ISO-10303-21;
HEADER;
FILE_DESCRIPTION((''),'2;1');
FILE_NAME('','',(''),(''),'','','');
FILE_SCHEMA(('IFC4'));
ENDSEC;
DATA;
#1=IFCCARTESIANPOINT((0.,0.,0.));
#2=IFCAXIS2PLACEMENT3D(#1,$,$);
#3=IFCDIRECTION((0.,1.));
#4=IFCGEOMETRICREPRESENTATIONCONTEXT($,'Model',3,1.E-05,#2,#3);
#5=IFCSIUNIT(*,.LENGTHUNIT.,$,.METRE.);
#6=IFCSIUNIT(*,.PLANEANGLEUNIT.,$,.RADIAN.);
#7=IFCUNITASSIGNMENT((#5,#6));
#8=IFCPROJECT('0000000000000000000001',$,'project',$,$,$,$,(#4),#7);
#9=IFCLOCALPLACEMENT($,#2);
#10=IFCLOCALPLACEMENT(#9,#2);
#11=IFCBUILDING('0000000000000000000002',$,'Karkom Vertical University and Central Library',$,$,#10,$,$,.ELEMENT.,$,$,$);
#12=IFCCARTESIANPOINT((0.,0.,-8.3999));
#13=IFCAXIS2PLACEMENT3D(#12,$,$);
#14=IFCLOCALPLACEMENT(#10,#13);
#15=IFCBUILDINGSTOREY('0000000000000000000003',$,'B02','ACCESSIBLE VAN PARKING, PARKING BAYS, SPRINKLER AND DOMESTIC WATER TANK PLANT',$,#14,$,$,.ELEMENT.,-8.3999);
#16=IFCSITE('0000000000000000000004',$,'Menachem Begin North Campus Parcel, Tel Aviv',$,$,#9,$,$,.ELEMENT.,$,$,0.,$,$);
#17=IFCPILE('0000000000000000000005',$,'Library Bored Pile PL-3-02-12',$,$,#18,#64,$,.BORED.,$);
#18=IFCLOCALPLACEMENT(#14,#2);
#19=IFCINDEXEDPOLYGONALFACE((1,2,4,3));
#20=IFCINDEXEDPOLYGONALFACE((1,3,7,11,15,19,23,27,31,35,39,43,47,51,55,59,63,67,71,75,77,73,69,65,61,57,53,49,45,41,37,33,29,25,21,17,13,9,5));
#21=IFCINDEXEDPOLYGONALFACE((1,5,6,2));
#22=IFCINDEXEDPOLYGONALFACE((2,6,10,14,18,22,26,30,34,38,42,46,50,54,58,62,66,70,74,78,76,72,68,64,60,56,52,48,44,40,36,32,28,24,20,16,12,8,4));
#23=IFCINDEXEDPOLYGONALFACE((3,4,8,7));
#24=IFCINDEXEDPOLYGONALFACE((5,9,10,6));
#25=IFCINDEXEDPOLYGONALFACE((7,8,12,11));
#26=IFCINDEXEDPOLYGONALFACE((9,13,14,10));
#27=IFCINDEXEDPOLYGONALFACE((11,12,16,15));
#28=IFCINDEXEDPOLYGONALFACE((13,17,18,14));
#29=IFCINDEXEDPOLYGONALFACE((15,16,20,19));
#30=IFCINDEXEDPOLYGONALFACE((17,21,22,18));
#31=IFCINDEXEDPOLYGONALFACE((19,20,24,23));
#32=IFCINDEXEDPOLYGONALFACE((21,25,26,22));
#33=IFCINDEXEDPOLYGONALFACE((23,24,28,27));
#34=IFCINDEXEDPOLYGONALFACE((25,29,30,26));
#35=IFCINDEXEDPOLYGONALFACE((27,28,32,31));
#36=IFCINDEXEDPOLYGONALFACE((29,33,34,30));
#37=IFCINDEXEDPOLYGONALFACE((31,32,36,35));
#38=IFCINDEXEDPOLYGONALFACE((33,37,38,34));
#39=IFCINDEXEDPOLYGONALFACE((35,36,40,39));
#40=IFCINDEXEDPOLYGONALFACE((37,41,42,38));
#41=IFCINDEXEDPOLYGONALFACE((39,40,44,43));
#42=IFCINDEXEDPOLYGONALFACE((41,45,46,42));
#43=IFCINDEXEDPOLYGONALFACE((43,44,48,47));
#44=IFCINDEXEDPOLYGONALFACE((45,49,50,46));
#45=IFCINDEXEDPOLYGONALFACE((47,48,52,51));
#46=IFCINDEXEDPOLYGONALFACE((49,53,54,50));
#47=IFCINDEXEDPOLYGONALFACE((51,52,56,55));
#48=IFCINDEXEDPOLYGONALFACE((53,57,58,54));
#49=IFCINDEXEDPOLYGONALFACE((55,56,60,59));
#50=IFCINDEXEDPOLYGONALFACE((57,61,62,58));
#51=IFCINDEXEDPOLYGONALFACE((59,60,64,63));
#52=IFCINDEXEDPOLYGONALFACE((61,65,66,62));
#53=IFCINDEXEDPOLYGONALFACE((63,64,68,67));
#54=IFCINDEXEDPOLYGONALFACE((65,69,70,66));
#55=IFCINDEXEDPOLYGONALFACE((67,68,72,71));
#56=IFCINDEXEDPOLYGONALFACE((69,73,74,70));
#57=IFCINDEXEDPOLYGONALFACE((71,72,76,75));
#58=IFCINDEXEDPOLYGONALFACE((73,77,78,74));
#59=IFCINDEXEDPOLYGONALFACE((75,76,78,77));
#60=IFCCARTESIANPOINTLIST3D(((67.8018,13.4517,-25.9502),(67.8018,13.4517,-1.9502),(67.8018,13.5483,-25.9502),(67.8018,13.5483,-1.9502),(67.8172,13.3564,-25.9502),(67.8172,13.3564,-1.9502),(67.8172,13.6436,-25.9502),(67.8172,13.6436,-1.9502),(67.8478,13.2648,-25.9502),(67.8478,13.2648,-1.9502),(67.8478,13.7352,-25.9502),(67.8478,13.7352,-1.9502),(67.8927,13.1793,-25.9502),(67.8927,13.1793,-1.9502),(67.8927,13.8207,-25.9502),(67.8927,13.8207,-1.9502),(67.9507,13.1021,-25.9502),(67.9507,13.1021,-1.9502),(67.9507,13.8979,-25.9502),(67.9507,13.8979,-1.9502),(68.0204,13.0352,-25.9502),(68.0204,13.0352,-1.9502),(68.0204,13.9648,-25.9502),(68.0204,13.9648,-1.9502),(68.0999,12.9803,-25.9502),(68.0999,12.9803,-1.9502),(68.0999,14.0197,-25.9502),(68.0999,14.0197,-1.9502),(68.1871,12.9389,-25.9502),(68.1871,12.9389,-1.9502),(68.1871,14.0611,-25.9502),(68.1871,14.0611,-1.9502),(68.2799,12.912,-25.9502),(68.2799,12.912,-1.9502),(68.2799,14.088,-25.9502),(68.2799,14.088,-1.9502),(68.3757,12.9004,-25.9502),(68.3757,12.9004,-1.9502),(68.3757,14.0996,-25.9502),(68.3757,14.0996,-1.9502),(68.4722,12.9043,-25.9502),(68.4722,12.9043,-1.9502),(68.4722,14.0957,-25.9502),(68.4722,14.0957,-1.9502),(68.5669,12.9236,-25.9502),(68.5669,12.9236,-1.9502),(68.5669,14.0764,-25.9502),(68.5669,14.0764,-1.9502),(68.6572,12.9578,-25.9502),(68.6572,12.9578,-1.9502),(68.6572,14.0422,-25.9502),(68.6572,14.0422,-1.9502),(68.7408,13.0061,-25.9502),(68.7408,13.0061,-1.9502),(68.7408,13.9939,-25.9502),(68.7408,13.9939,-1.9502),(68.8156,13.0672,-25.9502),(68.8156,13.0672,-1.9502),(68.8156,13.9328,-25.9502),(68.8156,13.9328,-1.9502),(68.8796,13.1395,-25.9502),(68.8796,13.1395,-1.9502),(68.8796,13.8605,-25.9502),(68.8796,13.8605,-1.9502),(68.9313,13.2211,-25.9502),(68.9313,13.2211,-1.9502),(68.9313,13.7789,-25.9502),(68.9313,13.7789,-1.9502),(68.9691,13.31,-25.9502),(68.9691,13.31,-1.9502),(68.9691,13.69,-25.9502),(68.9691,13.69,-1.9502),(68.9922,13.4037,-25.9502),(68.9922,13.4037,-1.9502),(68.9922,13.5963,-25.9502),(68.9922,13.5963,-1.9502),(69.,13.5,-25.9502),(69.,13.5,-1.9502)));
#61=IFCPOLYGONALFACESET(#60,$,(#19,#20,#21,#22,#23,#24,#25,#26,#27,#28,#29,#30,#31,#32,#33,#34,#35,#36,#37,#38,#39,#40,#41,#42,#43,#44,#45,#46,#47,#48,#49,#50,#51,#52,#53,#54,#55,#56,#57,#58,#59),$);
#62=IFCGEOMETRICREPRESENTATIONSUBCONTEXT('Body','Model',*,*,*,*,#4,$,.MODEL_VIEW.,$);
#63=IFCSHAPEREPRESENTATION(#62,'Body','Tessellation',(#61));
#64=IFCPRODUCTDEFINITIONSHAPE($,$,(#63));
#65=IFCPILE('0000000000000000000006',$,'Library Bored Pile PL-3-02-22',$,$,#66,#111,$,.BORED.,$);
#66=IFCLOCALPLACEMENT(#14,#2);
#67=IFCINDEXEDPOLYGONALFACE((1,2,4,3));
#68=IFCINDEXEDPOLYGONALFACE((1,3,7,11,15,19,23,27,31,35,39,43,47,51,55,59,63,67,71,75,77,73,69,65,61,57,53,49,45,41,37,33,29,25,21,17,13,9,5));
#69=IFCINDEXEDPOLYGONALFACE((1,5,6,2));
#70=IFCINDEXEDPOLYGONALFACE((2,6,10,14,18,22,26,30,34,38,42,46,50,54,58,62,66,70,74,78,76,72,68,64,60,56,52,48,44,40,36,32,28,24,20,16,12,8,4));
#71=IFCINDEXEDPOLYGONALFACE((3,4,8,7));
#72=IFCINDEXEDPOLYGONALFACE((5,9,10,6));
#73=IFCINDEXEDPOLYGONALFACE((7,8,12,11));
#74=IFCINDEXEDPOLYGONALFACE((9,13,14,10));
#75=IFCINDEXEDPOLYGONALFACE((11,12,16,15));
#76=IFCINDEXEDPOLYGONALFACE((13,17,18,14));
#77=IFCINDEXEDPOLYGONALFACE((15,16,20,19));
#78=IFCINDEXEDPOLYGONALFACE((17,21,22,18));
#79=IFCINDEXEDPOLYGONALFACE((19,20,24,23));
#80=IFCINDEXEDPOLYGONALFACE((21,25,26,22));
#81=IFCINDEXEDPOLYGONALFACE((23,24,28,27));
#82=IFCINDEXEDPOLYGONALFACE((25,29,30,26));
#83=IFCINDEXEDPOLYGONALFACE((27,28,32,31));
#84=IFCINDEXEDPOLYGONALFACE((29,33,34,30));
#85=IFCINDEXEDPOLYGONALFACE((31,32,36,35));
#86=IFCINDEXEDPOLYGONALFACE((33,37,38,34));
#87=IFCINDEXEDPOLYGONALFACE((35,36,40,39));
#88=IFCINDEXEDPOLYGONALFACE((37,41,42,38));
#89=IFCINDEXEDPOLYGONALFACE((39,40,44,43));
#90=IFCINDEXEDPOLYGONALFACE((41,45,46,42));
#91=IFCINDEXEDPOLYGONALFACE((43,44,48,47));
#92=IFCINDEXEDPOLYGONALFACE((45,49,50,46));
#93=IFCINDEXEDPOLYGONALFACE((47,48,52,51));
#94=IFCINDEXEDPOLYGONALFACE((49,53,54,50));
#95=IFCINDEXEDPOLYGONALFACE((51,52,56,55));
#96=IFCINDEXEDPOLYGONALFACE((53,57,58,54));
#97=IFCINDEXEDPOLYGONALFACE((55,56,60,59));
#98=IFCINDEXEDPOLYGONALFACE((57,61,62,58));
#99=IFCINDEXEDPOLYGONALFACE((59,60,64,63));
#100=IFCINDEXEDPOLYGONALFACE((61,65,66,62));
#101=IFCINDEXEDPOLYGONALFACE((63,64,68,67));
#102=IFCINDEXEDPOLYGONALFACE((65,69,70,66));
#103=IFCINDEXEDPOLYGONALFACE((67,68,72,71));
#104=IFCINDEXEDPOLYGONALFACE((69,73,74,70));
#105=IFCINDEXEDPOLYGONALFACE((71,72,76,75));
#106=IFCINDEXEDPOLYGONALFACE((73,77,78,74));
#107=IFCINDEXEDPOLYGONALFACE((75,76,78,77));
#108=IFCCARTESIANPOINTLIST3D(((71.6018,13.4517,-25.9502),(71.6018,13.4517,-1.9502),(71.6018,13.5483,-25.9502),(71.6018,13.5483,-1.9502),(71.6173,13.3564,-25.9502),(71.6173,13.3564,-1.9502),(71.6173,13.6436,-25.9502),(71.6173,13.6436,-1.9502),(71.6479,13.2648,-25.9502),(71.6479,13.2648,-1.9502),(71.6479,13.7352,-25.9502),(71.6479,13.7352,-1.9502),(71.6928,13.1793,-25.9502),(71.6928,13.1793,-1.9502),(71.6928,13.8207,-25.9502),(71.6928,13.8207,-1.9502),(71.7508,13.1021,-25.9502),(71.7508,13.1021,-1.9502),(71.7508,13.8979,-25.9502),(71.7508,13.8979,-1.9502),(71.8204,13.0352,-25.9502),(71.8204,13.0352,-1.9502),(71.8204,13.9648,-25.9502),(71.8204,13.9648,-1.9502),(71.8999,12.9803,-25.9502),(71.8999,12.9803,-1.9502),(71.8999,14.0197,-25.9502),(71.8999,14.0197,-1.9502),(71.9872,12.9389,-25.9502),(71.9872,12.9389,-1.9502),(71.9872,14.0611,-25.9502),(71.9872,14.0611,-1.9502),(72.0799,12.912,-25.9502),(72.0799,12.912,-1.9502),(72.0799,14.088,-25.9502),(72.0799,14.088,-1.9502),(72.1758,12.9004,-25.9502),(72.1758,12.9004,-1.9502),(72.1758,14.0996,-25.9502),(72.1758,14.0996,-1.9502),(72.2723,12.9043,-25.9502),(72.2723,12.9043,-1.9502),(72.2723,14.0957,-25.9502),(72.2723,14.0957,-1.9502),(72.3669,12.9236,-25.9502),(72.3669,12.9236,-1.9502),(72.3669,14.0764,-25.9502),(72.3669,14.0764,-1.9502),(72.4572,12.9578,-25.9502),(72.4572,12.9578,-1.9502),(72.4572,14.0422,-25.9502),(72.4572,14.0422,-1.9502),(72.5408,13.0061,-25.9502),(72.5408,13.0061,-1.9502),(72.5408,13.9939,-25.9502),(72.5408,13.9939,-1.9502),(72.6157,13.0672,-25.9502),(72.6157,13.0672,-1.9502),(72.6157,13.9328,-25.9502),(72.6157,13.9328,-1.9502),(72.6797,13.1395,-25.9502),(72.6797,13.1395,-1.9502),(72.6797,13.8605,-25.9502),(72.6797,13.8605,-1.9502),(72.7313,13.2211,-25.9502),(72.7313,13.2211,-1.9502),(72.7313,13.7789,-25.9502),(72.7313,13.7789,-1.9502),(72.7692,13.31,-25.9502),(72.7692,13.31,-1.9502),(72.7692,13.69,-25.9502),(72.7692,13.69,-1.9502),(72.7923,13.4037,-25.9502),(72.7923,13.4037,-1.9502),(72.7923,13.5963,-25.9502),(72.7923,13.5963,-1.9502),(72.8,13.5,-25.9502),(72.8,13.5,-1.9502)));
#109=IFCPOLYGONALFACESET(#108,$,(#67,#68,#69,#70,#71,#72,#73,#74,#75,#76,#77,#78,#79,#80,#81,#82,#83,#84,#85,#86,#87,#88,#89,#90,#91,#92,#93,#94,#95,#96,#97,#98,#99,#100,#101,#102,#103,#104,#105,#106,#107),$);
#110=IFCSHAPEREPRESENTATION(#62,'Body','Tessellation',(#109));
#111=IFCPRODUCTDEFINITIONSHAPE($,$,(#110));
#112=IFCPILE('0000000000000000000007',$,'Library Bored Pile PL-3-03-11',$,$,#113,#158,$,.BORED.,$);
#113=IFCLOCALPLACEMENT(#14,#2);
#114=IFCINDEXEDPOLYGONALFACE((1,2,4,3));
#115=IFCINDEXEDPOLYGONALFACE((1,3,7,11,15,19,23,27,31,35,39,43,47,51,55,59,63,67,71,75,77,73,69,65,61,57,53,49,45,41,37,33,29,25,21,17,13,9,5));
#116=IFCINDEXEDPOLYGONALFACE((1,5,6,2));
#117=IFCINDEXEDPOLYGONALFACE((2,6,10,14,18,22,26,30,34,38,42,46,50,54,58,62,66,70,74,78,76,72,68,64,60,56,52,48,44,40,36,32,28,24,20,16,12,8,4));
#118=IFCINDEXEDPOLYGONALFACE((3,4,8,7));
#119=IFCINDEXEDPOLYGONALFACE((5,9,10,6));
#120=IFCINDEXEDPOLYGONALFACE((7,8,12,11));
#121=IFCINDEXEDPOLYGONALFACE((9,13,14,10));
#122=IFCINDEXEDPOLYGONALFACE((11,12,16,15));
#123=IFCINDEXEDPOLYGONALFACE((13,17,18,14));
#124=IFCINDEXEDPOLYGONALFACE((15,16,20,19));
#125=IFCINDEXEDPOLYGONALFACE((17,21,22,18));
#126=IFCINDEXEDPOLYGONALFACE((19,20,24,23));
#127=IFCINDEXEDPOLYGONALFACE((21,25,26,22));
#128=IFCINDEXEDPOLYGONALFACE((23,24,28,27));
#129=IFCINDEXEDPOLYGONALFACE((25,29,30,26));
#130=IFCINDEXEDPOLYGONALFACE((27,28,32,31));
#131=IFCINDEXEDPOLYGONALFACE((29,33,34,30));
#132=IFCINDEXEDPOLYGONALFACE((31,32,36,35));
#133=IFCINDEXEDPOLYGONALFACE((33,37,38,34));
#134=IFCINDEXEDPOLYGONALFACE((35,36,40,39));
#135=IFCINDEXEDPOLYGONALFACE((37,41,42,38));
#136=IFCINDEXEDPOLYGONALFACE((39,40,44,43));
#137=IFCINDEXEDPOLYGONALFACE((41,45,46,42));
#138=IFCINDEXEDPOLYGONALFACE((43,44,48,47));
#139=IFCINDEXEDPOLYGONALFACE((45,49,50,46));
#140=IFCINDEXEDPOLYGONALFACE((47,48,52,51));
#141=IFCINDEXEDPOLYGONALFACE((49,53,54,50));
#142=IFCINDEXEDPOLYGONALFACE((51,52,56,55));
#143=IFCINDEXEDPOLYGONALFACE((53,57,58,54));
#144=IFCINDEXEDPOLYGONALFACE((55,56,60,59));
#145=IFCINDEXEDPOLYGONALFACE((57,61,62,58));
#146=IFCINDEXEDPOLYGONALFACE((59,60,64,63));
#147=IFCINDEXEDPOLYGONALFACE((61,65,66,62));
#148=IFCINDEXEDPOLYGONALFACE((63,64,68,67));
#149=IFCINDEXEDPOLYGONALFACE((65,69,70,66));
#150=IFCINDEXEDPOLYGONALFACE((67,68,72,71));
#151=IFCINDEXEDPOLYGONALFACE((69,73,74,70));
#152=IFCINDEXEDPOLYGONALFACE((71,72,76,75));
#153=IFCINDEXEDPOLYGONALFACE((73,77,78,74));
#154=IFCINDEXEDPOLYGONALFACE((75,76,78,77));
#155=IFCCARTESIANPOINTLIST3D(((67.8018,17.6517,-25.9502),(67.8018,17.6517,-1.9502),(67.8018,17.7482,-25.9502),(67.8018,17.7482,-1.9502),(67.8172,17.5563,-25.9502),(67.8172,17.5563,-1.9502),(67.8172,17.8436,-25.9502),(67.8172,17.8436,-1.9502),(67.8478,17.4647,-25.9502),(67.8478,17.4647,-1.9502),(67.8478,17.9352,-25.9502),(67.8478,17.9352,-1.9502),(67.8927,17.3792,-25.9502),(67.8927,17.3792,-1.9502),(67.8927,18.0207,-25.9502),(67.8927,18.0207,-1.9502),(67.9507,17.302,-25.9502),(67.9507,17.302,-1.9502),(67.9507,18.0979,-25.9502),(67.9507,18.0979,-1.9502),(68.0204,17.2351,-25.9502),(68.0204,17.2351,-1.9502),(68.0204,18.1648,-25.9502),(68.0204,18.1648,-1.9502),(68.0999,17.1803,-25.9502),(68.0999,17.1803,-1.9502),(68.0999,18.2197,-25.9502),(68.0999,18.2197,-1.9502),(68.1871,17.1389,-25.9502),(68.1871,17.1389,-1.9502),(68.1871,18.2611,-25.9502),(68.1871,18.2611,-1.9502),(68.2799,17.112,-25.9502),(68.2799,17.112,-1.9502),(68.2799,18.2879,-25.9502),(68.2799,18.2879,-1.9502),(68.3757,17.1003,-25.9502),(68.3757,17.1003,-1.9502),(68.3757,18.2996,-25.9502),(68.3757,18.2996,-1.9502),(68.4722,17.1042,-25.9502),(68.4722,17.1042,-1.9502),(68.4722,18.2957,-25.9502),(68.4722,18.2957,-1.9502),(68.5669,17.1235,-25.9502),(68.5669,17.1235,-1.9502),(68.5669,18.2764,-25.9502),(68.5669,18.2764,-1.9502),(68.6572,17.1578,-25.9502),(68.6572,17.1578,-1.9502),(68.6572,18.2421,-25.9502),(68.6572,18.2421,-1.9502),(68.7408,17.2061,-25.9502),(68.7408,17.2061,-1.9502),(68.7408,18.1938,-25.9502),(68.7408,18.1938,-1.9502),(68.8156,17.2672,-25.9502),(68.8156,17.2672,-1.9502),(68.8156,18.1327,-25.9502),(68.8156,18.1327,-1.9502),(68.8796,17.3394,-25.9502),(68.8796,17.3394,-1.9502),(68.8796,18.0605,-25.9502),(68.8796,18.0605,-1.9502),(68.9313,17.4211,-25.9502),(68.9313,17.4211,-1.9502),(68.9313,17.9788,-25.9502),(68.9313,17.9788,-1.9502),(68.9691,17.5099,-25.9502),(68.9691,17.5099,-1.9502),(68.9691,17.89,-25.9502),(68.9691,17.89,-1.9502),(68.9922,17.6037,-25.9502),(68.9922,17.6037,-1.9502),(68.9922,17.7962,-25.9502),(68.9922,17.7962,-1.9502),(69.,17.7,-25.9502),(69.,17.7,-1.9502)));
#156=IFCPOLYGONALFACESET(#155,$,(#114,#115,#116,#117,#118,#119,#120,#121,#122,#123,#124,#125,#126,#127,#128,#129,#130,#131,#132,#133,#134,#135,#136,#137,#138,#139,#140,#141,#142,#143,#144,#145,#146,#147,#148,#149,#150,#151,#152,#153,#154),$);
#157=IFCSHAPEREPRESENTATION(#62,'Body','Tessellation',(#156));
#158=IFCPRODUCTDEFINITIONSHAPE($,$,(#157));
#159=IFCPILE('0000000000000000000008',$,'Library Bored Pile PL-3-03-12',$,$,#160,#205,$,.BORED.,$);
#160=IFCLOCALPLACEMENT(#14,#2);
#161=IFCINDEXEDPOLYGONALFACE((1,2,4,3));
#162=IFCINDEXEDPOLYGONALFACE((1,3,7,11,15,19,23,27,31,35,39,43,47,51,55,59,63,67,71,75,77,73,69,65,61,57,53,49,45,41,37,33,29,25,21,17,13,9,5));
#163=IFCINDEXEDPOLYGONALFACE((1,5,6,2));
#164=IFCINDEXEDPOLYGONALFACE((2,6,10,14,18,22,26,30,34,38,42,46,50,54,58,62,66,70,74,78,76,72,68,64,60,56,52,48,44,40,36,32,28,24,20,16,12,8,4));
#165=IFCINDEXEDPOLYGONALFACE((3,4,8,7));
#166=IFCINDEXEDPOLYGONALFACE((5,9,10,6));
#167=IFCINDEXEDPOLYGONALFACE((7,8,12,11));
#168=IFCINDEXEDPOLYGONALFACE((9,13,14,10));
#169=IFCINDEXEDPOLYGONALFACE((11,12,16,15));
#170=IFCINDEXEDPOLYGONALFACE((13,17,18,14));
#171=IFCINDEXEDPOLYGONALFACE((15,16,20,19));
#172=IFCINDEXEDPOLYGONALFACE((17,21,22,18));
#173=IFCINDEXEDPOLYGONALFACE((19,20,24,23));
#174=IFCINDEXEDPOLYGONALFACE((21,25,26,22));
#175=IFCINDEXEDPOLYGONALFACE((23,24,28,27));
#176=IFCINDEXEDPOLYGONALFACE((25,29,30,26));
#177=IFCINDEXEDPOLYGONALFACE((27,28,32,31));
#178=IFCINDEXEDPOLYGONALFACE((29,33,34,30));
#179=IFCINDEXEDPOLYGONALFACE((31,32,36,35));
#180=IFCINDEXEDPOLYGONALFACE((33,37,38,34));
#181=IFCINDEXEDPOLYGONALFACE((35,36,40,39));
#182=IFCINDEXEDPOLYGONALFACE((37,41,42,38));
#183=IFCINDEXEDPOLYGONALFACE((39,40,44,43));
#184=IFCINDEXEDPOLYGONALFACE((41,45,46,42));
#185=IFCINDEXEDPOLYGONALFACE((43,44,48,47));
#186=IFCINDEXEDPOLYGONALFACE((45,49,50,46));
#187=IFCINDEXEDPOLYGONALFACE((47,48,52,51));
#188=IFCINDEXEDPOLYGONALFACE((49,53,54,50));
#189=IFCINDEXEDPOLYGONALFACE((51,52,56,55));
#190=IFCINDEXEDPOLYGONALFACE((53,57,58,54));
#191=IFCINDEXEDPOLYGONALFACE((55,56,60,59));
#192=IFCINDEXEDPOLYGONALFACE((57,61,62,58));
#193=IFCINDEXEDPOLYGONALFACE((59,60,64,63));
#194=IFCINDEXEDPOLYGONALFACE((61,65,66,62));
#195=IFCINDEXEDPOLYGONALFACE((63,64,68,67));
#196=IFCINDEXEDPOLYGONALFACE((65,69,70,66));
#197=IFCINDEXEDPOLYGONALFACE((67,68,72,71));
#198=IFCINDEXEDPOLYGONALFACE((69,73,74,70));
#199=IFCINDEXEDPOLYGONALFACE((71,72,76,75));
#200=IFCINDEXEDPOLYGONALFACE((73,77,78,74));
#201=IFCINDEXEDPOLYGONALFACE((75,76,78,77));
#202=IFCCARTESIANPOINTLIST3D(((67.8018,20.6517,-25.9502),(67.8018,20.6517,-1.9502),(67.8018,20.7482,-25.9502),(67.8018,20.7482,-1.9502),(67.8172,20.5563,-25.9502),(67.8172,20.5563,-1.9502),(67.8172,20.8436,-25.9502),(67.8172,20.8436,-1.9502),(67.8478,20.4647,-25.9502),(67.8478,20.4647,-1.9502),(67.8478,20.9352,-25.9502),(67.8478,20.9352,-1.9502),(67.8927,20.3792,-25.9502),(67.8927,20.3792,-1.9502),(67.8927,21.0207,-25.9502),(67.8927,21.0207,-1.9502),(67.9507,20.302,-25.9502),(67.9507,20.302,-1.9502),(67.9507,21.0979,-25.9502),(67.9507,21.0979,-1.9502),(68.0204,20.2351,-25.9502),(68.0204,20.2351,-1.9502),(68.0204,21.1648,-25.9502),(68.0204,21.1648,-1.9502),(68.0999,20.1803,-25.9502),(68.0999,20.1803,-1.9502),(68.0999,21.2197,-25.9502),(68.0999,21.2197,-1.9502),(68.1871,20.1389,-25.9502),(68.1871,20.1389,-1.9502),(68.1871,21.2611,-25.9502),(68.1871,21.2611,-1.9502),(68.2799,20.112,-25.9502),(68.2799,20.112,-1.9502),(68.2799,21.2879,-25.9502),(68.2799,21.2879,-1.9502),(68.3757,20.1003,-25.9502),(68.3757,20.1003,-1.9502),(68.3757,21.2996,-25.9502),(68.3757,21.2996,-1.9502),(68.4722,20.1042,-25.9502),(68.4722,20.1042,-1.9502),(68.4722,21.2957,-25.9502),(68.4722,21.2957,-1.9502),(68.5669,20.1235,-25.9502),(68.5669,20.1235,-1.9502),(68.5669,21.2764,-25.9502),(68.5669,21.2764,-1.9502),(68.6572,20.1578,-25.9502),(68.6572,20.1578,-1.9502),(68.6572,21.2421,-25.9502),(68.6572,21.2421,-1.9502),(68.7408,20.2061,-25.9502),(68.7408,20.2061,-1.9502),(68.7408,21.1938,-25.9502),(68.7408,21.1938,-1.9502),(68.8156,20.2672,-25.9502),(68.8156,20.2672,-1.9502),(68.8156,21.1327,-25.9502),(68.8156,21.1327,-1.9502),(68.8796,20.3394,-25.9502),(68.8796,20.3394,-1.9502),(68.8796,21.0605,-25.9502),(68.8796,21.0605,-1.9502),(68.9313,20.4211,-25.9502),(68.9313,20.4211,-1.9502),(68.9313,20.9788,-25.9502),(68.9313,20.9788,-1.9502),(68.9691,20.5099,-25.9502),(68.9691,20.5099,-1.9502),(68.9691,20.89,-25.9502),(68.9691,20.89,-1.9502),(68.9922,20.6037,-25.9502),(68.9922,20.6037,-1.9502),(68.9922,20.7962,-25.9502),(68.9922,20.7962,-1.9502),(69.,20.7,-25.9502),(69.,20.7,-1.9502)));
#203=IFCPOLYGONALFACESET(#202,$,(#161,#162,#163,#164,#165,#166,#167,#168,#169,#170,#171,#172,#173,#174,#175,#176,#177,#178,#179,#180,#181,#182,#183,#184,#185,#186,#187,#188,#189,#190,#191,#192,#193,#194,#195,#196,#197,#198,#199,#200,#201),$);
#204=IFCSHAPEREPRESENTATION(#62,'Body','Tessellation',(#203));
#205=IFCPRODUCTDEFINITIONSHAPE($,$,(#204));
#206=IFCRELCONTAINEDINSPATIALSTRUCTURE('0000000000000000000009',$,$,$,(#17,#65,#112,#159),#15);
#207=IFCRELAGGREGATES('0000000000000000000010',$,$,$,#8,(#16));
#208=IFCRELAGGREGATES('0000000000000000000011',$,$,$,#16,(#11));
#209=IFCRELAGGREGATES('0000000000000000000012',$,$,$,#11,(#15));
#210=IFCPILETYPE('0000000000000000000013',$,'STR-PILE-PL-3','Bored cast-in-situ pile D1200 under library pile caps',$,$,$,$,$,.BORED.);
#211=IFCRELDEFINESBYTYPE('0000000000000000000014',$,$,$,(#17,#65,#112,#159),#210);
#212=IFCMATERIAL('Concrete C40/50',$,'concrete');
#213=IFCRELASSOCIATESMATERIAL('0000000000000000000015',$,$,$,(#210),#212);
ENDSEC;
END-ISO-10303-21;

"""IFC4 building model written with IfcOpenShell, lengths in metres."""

from ifc_helpers import new_model, si_unit, direction, frame, origin, origin_with_axes, origin_2d, place, context, subcontext, project, spatial, circle, extrude, source, transform, mapped, material, material_profile, profile_set, type_object, element, save


model = new_model("IFC4")

# Units and contexts
model_context = context("Model", 3, precision=1e-05, world=origin(), true_north=direction((0.0, 1.0)))
body_context = subcontext(model_context, "Body", "Model", "MODEL_VIEW")
ifc_project = project(units=[si_unit("LENGTHUNIT", "METRE"), si_unit("PLANEANGLEUNIT", "RADIAN")], contexts=[model_context])

# Site, building, storey
site_placement = place(None, origin())
site = spatial("IfcSite", under=ifc_project, at=site_placement, Name="Menachem Begin North Campus Parcel, Tel Aviv", CompositionType="ELEMENT", RefElevation=0.0)
building_placement = place(site_placement, origin())
building = spatial("IfcBuilding", under=site, at=building_placement, Name="Karkom Vertical University and Central Library", CompositionType="ELEMENT")
storey_placement = place(building_placement, frame((0.0, 0.0, -8.3999)))
storey = spatial("IfcBuildingStorey", under=building, at=storey_placement, Name="B02", Description="ACCESSIBLE VAN PARKING, PARKING BAYS, SPRINKLER AND DOMESTIC WATER TANK PLANT", CompositionType="ELEMENT", Elevation=-8.3999)

# Piles
ifc_material_1 = material(Name="Concrete C40/50", Category="concrete")
ifc_material_profile_1 = material_profile(ifc_material_1, circle(Radius=0.6001, at=origin_2d()), Name="PILE-D1200")
ifc_profile_set_1 = profile_set([ifc_material_profile_1], Name="Concrete C40/50")
pile_type = type_object("IfcPileType", Name="STR-PILE-PL-3", Description="Bored cast-in-situ pile D1200 under library pile caps", PredefinedType="BORED", material=ifc_profile_set_1)
shared_shape_1 = source(origin_with_axes(), body_context, "Body", "SweptSolid", [
    extrude(circle(Radius=0.6001, at=origin_2d()), origin(), (0.0, 0.0, 1.0), 24.0),
])
for number, where, z_axis, x_axis, name in (
    (1, (68.3999, 13.5, -1.9502), (0.0, 0.0, -1.0), (1.0, 0.0, 0.0), "Library Bored Pile PL-3-02-12"),
    (2, (72.2, 13.5, -1.9502), (0.0, 0.0, -1.0), (1.0, 0.0, 0.0), "Library Bored Pile PL-3-02-22"),
    (3, (68.3999, 17.7, -1.9502), (0.0, 0.0, -1.0), (1.0, 0.0, 0.0), "Library Bored Pile PL-3-03-11"),
    (4, (68.3999, 20.7, -1.9502), (0.0, 0.0, -1.0), (1.0, 0.0, 0.0), "Library Bored Pile PL-3-03-12"),
):
    element("IfcPile", number, at=place(storey_placement, frame(where, z_axis=z_axis, x_axis=x_axis)), inside=storey, type_object=pile_type, Name=name, PredefinedType="BORED", context=body_context, shape_type="MappedRepresentation", body=[
        mapped(shared_shape_1, transform((0.0, 0.0, 0.0), scale=1.0)),
    ])

save(model, "model.ifc")
